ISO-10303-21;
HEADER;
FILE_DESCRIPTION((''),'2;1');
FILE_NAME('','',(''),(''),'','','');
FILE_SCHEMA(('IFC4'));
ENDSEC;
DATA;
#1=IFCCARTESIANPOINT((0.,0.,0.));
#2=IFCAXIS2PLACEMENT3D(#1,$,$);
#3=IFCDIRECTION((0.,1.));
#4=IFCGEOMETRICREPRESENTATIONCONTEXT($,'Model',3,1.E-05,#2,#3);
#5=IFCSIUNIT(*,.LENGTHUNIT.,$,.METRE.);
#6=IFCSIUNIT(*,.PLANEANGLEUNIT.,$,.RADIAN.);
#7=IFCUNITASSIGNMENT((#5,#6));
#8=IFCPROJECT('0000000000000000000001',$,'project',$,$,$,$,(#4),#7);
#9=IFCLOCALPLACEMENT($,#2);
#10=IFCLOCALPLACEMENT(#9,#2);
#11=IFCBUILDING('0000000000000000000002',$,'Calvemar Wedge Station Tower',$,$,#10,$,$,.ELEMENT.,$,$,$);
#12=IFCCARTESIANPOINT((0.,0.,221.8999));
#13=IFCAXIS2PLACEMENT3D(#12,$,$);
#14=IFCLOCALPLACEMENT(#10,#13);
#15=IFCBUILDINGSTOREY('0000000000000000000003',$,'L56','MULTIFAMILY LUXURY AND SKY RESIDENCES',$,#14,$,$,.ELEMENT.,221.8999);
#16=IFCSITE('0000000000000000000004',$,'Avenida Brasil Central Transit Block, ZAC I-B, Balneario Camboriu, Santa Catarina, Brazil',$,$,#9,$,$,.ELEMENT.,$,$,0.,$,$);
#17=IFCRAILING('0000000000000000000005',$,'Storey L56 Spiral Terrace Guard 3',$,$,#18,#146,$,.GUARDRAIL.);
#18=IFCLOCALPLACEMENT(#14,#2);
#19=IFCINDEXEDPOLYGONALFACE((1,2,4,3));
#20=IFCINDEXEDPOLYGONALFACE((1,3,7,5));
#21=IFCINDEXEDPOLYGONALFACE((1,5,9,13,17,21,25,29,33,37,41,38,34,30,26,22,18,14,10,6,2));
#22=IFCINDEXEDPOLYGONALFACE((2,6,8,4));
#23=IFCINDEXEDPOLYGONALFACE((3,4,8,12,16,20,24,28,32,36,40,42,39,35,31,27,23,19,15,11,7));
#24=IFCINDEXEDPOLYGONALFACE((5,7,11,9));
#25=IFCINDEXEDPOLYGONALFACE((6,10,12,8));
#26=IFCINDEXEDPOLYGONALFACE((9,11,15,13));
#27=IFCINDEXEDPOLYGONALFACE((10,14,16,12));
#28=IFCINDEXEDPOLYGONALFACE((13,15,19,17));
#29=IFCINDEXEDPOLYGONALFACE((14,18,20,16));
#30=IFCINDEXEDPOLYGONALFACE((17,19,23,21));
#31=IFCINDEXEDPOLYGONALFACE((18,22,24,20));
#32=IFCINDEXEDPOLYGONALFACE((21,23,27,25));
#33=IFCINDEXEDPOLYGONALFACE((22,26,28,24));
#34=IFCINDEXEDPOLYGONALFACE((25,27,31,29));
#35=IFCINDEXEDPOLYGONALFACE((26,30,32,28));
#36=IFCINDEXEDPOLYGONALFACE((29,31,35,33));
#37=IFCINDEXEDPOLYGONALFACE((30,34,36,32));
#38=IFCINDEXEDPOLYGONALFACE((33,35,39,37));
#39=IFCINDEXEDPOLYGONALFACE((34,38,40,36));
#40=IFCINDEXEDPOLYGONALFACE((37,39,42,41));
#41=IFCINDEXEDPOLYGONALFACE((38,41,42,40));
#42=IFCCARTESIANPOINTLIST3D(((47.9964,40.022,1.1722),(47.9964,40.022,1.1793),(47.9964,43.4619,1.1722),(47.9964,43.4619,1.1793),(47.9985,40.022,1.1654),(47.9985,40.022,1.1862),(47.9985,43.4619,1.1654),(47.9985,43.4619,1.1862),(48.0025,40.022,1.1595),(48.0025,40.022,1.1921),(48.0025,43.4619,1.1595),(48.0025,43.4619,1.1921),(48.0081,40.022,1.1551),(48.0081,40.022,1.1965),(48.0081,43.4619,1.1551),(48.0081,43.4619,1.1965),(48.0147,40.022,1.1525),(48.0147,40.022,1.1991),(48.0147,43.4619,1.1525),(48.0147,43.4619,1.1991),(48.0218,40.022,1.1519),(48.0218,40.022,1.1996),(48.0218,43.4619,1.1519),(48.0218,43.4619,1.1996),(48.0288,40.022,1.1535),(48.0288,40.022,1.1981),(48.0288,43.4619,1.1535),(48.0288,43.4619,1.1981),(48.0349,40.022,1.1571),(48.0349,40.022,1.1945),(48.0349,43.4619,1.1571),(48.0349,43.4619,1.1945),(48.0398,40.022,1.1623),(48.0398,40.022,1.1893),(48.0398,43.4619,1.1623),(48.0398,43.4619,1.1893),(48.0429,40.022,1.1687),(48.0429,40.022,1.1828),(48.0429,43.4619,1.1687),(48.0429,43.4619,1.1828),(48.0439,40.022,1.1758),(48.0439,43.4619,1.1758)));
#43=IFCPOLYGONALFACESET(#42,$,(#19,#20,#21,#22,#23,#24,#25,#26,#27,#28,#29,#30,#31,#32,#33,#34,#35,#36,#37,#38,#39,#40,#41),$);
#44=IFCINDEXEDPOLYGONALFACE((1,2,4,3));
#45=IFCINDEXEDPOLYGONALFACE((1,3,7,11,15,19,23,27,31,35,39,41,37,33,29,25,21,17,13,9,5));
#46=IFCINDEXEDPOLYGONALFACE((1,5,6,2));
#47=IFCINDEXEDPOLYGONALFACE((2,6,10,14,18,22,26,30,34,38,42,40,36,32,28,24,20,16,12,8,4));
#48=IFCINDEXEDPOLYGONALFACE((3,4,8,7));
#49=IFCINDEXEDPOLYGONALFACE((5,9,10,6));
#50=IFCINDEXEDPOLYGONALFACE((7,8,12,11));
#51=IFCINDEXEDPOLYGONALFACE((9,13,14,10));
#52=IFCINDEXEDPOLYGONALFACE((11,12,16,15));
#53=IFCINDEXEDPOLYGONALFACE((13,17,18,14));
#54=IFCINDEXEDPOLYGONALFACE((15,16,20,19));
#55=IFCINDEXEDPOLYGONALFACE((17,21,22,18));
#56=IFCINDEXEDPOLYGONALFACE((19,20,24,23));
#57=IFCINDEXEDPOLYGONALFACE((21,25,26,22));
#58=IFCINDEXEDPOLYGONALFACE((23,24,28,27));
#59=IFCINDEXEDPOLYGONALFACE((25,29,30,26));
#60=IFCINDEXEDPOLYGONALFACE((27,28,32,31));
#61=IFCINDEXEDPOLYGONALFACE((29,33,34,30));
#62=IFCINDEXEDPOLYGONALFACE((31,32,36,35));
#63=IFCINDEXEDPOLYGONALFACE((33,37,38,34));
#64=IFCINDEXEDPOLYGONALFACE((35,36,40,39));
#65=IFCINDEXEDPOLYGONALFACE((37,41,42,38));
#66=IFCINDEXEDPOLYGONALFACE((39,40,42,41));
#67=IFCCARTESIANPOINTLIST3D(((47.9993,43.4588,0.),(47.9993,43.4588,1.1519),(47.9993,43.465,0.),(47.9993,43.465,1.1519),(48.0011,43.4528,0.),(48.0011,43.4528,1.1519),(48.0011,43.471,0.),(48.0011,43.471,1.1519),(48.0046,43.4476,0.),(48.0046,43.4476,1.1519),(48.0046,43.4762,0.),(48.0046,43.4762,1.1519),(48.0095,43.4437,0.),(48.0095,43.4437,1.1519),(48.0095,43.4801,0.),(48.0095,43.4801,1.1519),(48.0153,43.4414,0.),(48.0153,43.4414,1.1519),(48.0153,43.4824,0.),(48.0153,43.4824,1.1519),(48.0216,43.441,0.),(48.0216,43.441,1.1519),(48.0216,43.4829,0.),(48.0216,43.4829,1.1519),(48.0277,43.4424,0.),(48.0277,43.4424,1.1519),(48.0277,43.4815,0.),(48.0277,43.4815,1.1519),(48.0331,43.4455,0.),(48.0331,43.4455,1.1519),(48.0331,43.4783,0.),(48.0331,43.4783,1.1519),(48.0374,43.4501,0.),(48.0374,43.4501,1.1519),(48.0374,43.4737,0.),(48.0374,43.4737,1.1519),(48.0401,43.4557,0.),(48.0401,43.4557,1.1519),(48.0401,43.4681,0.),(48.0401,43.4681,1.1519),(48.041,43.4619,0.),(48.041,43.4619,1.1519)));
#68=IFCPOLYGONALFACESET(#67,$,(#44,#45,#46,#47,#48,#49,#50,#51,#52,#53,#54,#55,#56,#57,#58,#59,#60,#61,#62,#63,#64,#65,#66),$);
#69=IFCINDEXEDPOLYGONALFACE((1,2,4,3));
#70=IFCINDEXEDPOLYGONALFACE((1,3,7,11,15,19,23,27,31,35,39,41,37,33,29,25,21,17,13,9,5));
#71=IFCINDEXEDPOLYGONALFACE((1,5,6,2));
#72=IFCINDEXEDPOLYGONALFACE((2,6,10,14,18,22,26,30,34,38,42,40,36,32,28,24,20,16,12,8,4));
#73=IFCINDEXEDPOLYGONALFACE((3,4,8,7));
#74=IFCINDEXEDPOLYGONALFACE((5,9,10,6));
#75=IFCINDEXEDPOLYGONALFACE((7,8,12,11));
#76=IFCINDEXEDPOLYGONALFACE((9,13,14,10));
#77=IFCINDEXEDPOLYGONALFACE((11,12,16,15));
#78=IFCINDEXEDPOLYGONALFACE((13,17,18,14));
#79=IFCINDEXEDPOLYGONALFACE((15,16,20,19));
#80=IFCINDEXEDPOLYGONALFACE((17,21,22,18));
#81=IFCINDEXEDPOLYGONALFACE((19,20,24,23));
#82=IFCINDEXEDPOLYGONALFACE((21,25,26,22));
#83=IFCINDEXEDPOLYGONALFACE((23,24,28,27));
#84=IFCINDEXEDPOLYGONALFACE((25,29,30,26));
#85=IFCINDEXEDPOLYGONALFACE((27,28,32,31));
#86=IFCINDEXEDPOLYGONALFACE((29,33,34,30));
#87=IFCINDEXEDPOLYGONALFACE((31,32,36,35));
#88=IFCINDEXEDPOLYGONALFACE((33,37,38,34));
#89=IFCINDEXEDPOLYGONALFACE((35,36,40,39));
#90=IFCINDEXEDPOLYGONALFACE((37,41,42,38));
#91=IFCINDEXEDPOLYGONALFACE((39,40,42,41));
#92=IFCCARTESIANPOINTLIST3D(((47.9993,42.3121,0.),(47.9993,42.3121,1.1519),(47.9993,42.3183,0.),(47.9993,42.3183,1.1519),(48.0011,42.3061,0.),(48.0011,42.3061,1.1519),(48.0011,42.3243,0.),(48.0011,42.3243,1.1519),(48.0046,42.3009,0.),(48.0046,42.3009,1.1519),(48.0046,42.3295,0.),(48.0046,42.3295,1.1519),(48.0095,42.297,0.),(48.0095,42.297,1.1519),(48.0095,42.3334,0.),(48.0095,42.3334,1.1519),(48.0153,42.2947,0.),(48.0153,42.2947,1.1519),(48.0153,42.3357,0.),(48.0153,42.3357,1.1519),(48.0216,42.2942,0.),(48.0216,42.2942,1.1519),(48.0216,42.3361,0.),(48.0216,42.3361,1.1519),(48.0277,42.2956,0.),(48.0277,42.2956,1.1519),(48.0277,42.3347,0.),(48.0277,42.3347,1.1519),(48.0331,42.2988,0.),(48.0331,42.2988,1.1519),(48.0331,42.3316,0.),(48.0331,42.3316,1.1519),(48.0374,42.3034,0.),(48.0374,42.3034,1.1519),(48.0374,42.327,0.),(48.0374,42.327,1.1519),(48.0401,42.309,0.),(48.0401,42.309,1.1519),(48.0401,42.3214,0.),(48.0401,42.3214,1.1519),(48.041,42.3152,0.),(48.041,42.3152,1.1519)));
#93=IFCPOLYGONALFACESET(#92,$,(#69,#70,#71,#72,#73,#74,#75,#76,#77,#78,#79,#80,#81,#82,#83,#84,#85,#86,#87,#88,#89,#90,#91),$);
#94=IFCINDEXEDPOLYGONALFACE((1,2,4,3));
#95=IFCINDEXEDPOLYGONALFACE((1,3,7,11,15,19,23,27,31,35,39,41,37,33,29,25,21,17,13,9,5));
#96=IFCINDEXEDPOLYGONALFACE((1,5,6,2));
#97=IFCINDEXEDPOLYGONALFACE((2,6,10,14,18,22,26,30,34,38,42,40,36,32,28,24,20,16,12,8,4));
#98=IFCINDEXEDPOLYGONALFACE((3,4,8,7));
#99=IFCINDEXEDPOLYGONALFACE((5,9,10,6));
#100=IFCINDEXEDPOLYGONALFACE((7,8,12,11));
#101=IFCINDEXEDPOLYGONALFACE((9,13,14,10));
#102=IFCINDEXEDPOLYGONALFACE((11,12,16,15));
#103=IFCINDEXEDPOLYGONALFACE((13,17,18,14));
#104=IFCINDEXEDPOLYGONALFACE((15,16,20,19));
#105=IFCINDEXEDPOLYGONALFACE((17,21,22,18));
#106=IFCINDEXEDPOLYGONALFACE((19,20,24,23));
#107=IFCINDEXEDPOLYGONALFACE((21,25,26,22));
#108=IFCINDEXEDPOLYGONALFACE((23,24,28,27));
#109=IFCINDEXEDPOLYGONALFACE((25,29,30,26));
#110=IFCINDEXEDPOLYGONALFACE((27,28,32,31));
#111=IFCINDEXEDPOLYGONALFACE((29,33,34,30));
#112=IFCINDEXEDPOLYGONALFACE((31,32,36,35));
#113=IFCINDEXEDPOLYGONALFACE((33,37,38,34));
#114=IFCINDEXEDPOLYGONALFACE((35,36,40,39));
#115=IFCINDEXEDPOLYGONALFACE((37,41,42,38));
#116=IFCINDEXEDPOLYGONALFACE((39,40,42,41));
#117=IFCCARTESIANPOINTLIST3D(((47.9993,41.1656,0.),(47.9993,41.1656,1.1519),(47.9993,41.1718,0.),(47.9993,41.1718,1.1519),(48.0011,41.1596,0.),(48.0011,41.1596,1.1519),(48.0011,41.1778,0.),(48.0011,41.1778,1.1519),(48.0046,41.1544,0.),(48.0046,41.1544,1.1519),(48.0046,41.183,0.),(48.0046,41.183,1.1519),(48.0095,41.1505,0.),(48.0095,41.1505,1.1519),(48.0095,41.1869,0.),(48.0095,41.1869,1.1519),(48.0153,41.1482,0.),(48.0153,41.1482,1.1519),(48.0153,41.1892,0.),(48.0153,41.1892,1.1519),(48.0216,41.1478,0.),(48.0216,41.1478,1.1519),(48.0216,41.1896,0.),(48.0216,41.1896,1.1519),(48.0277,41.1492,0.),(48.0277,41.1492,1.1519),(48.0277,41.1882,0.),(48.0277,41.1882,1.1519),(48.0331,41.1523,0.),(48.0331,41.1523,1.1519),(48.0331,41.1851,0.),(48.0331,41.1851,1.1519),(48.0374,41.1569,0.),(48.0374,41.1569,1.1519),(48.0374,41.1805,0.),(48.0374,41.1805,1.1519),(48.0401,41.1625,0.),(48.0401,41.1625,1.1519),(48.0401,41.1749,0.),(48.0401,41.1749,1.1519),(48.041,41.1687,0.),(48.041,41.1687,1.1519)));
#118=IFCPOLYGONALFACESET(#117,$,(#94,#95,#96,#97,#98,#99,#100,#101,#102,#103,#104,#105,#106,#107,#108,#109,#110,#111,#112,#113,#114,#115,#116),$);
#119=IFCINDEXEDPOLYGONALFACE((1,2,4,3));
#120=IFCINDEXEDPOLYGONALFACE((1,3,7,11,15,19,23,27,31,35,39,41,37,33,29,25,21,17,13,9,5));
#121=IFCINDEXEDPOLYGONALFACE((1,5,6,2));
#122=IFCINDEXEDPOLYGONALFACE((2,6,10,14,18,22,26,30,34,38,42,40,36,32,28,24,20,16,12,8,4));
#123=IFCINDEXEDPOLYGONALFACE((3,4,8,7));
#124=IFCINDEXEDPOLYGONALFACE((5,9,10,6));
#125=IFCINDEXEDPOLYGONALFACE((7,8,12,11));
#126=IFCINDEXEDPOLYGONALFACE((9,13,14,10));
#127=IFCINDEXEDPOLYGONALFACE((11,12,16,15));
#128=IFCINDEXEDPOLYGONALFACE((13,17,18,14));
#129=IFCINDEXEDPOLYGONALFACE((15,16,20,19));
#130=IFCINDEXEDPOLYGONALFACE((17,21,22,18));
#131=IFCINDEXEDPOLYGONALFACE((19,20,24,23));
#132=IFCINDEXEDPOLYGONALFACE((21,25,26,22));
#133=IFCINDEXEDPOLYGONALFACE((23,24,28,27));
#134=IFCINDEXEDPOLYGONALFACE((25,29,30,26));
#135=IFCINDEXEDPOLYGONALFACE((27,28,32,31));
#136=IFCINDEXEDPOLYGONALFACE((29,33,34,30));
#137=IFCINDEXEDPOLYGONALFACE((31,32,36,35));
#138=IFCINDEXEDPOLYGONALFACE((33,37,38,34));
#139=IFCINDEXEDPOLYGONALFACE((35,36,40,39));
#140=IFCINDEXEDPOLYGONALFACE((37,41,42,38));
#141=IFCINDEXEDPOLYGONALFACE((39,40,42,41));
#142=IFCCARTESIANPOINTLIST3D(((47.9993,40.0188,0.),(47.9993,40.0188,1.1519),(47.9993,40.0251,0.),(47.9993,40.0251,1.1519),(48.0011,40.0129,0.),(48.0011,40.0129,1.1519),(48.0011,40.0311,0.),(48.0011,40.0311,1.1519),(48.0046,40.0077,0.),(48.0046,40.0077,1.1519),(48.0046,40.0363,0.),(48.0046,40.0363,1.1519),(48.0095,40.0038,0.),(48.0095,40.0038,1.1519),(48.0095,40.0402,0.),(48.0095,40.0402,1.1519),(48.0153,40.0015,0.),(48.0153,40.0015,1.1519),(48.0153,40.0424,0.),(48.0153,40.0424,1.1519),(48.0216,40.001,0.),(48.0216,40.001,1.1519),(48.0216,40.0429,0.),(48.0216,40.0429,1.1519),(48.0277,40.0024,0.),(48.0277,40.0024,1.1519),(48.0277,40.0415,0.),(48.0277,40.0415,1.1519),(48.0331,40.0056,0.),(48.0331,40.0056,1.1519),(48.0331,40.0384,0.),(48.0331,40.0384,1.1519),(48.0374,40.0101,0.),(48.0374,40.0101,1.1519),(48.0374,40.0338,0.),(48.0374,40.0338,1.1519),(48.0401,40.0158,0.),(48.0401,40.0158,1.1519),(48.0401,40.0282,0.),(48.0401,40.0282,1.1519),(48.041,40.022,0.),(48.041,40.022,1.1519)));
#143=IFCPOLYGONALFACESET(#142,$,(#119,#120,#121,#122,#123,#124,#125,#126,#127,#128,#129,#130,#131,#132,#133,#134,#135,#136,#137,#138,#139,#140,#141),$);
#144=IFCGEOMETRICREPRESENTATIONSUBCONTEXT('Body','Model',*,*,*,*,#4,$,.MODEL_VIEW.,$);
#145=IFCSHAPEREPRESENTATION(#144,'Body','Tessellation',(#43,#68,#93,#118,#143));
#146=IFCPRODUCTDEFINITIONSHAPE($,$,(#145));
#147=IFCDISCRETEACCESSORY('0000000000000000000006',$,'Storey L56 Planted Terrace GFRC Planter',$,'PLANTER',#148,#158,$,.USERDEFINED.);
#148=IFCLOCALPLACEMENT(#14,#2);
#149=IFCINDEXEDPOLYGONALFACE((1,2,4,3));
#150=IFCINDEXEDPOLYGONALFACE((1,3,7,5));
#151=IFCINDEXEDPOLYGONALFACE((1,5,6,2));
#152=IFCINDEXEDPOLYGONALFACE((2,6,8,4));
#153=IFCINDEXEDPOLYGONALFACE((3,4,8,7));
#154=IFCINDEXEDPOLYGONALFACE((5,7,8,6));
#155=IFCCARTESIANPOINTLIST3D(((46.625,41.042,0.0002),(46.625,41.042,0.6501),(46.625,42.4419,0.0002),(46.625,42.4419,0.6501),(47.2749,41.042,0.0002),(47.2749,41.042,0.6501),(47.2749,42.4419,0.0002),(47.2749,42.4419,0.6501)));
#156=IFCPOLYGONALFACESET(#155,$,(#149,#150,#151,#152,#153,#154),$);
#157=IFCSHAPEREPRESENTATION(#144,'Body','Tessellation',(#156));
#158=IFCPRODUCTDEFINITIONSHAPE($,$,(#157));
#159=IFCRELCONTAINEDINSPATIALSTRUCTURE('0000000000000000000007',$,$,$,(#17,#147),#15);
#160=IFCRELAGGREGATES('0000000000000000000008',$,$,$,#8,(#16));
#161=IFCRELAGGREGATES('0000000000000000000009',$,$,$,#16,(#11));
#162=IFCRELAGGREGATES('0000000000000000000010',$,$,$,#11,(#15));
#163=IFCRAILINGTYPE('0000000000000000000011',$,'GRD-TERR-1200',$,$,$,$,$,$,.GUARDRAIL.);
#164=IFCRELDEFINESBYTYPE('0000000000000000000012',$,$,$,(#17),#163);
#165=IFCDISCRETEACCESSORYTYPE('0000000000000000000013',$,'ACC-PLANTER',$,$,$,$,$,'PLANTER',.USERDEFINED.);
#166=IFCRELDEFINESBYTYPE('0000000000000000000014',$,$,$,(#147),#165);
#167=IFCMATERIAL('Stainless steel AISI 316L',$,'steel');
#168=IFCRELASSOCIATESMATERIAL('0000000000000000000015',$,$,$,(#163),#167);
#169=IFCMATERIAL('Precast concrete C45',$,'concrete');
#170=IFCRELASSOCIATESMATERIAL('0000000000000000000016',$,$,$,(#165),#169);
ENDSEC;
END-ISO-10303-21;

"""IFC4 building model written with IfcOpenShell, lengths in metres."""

from ifc_helpers import new_model, si_unit, direction, frame, origin, origin_2d, place, context, subcontext, project, spatial, rectangle, circle, extrude, source, transform, mapped, material, type_object, element, save


model = new_model("IFC4")

# Units and contexts
model_context = context("Model", 3, precision=1e-05, world=origin(), true_north=direction((0.0, 1.0)))
body_context = subcontext(model_context, "Body", "Model", "MODEL_VIEW")
ifc_project = project(units=[si_unit("LENGTHUNIT", "METRE"), si_unit("PLANEANGLEUNIT", "RADIAN")], contexts=[model_context])

# Site, building, storey
site_placement = place(None, origin())
site = spatial("IfcSite", under=ifc_project, at=site_placement, Name="Avenida Brasil Central Transit Block, ZAC I-B, Balneario Camboriu, Santa Catarina, Brazil", CompositionType="ELEMENT", RefElevation=0.0)
building_placement = place(site_placement, origin())
building = spatial("IfcBuilding", under=site, at=building_placement, Name="Calvemar Wedge Station Tower", CompositionType="ELEMENT")
storey_placement = place(building_placement, frame((0.0, 0.0, 221.8999)))
storey = spatial("IfcBuildingStorey", under=building, at=storey_placement, Name="L56", Description="MULTIFAMILY LUXURY AND SKY RESIDENCES", CompositionType="ELEMENT", Elevation=221.8999)

# Shared definitions
ifc_material_1 = material(Name="Precast concrete C45", Category="concrete")

# Railing
ifc_material_2 = material(Name="Stainless steel AISI 316L", Category="steel")
railing_type = type_object("IfcRailingType", Name="GRD-TERR-1200", PredefinedType="GUARDRAIL", material=ifc_material_2)
railing_1_placement = place(storey_placement, frame((48.02, 43.4619, 0.0)))
element("IfcRailing", 1, at=railing_1_placement, inside=storey, type_object=railing_type, Name="Storey L56 Spiral Terrace Guard 3", PredefinedType="GUARDRAIL", context=body_context, shape_type="SweptSolid", body=[
    extrude(circle(Radius=0.0239, at=origin_2d()), frame((0.0, 0.0, 1.1758), z_axis=(0.0, -1.0, 0.0), x_axis=(1.0, 0.0, 0.0)), (0.0, 0.0, 1.0), 3.4399),
    extrude(circle(Radius=0.021, at=origin_2d()), origin(), (0.0, 0.0, 1.0), 1.1519),
    extrude(circle(Radius=0.021, at=origin_2d()), frame((0.0, -1.1467, 0.0)), (0.0, 0.0, 1.0), 1.1519),
    extrude(circle(Radius=0.021, at=origin_2d()), frame((0.0, -2.2932, 0.0)), (0.0, 0.0, 1.0), 1.1519),
    extrude(circle(Radius=0.021, at=origin_2d()), frame((0.0, -3.4399, 0.0)), (0.0, 0.0, 1.0), 1.1519),
])

# Discrete accessory
discrete_accessory_type = type_object("IfcDiscreteAccessoryType", Name="ACC-PLANTER", ElementType="PLANTER", PredefinedType="USERDEFINED", material=ifc_material_1)
shared_shape_1 = source(origin(), body_context, "Body", "SweptSolid", [
    extrude(rectangle(XDim=0.6499, YDim=1.3999, at=origin_2d()), origin(), (0.0, 0.0, 1.0), 0.6499),
])
discrete_accessory_placement = place(storey_placement, frame((46.95, 41.7419, 0.0002), z_axis=(0.0, 0.0, 1.0), x_axis=(1.0, 0.0, 0.0)))
element("IfcDiscreteAccessory", 2, at=discrete_accessory_placement, inside=storey, type_object=discrete_accessory_type, Name="Storey L56 Planted Terrace GFRC Planter", ObjectType="PLANTER", PredefinedType="USERDEFINED", context=body_context, shape_type="MappedRepresentation", body=[
    mapped(shared_shape_1, transform((0.0, 0.0, 0.0), scale=1.0)),
])

save(model, "model.ifc")
